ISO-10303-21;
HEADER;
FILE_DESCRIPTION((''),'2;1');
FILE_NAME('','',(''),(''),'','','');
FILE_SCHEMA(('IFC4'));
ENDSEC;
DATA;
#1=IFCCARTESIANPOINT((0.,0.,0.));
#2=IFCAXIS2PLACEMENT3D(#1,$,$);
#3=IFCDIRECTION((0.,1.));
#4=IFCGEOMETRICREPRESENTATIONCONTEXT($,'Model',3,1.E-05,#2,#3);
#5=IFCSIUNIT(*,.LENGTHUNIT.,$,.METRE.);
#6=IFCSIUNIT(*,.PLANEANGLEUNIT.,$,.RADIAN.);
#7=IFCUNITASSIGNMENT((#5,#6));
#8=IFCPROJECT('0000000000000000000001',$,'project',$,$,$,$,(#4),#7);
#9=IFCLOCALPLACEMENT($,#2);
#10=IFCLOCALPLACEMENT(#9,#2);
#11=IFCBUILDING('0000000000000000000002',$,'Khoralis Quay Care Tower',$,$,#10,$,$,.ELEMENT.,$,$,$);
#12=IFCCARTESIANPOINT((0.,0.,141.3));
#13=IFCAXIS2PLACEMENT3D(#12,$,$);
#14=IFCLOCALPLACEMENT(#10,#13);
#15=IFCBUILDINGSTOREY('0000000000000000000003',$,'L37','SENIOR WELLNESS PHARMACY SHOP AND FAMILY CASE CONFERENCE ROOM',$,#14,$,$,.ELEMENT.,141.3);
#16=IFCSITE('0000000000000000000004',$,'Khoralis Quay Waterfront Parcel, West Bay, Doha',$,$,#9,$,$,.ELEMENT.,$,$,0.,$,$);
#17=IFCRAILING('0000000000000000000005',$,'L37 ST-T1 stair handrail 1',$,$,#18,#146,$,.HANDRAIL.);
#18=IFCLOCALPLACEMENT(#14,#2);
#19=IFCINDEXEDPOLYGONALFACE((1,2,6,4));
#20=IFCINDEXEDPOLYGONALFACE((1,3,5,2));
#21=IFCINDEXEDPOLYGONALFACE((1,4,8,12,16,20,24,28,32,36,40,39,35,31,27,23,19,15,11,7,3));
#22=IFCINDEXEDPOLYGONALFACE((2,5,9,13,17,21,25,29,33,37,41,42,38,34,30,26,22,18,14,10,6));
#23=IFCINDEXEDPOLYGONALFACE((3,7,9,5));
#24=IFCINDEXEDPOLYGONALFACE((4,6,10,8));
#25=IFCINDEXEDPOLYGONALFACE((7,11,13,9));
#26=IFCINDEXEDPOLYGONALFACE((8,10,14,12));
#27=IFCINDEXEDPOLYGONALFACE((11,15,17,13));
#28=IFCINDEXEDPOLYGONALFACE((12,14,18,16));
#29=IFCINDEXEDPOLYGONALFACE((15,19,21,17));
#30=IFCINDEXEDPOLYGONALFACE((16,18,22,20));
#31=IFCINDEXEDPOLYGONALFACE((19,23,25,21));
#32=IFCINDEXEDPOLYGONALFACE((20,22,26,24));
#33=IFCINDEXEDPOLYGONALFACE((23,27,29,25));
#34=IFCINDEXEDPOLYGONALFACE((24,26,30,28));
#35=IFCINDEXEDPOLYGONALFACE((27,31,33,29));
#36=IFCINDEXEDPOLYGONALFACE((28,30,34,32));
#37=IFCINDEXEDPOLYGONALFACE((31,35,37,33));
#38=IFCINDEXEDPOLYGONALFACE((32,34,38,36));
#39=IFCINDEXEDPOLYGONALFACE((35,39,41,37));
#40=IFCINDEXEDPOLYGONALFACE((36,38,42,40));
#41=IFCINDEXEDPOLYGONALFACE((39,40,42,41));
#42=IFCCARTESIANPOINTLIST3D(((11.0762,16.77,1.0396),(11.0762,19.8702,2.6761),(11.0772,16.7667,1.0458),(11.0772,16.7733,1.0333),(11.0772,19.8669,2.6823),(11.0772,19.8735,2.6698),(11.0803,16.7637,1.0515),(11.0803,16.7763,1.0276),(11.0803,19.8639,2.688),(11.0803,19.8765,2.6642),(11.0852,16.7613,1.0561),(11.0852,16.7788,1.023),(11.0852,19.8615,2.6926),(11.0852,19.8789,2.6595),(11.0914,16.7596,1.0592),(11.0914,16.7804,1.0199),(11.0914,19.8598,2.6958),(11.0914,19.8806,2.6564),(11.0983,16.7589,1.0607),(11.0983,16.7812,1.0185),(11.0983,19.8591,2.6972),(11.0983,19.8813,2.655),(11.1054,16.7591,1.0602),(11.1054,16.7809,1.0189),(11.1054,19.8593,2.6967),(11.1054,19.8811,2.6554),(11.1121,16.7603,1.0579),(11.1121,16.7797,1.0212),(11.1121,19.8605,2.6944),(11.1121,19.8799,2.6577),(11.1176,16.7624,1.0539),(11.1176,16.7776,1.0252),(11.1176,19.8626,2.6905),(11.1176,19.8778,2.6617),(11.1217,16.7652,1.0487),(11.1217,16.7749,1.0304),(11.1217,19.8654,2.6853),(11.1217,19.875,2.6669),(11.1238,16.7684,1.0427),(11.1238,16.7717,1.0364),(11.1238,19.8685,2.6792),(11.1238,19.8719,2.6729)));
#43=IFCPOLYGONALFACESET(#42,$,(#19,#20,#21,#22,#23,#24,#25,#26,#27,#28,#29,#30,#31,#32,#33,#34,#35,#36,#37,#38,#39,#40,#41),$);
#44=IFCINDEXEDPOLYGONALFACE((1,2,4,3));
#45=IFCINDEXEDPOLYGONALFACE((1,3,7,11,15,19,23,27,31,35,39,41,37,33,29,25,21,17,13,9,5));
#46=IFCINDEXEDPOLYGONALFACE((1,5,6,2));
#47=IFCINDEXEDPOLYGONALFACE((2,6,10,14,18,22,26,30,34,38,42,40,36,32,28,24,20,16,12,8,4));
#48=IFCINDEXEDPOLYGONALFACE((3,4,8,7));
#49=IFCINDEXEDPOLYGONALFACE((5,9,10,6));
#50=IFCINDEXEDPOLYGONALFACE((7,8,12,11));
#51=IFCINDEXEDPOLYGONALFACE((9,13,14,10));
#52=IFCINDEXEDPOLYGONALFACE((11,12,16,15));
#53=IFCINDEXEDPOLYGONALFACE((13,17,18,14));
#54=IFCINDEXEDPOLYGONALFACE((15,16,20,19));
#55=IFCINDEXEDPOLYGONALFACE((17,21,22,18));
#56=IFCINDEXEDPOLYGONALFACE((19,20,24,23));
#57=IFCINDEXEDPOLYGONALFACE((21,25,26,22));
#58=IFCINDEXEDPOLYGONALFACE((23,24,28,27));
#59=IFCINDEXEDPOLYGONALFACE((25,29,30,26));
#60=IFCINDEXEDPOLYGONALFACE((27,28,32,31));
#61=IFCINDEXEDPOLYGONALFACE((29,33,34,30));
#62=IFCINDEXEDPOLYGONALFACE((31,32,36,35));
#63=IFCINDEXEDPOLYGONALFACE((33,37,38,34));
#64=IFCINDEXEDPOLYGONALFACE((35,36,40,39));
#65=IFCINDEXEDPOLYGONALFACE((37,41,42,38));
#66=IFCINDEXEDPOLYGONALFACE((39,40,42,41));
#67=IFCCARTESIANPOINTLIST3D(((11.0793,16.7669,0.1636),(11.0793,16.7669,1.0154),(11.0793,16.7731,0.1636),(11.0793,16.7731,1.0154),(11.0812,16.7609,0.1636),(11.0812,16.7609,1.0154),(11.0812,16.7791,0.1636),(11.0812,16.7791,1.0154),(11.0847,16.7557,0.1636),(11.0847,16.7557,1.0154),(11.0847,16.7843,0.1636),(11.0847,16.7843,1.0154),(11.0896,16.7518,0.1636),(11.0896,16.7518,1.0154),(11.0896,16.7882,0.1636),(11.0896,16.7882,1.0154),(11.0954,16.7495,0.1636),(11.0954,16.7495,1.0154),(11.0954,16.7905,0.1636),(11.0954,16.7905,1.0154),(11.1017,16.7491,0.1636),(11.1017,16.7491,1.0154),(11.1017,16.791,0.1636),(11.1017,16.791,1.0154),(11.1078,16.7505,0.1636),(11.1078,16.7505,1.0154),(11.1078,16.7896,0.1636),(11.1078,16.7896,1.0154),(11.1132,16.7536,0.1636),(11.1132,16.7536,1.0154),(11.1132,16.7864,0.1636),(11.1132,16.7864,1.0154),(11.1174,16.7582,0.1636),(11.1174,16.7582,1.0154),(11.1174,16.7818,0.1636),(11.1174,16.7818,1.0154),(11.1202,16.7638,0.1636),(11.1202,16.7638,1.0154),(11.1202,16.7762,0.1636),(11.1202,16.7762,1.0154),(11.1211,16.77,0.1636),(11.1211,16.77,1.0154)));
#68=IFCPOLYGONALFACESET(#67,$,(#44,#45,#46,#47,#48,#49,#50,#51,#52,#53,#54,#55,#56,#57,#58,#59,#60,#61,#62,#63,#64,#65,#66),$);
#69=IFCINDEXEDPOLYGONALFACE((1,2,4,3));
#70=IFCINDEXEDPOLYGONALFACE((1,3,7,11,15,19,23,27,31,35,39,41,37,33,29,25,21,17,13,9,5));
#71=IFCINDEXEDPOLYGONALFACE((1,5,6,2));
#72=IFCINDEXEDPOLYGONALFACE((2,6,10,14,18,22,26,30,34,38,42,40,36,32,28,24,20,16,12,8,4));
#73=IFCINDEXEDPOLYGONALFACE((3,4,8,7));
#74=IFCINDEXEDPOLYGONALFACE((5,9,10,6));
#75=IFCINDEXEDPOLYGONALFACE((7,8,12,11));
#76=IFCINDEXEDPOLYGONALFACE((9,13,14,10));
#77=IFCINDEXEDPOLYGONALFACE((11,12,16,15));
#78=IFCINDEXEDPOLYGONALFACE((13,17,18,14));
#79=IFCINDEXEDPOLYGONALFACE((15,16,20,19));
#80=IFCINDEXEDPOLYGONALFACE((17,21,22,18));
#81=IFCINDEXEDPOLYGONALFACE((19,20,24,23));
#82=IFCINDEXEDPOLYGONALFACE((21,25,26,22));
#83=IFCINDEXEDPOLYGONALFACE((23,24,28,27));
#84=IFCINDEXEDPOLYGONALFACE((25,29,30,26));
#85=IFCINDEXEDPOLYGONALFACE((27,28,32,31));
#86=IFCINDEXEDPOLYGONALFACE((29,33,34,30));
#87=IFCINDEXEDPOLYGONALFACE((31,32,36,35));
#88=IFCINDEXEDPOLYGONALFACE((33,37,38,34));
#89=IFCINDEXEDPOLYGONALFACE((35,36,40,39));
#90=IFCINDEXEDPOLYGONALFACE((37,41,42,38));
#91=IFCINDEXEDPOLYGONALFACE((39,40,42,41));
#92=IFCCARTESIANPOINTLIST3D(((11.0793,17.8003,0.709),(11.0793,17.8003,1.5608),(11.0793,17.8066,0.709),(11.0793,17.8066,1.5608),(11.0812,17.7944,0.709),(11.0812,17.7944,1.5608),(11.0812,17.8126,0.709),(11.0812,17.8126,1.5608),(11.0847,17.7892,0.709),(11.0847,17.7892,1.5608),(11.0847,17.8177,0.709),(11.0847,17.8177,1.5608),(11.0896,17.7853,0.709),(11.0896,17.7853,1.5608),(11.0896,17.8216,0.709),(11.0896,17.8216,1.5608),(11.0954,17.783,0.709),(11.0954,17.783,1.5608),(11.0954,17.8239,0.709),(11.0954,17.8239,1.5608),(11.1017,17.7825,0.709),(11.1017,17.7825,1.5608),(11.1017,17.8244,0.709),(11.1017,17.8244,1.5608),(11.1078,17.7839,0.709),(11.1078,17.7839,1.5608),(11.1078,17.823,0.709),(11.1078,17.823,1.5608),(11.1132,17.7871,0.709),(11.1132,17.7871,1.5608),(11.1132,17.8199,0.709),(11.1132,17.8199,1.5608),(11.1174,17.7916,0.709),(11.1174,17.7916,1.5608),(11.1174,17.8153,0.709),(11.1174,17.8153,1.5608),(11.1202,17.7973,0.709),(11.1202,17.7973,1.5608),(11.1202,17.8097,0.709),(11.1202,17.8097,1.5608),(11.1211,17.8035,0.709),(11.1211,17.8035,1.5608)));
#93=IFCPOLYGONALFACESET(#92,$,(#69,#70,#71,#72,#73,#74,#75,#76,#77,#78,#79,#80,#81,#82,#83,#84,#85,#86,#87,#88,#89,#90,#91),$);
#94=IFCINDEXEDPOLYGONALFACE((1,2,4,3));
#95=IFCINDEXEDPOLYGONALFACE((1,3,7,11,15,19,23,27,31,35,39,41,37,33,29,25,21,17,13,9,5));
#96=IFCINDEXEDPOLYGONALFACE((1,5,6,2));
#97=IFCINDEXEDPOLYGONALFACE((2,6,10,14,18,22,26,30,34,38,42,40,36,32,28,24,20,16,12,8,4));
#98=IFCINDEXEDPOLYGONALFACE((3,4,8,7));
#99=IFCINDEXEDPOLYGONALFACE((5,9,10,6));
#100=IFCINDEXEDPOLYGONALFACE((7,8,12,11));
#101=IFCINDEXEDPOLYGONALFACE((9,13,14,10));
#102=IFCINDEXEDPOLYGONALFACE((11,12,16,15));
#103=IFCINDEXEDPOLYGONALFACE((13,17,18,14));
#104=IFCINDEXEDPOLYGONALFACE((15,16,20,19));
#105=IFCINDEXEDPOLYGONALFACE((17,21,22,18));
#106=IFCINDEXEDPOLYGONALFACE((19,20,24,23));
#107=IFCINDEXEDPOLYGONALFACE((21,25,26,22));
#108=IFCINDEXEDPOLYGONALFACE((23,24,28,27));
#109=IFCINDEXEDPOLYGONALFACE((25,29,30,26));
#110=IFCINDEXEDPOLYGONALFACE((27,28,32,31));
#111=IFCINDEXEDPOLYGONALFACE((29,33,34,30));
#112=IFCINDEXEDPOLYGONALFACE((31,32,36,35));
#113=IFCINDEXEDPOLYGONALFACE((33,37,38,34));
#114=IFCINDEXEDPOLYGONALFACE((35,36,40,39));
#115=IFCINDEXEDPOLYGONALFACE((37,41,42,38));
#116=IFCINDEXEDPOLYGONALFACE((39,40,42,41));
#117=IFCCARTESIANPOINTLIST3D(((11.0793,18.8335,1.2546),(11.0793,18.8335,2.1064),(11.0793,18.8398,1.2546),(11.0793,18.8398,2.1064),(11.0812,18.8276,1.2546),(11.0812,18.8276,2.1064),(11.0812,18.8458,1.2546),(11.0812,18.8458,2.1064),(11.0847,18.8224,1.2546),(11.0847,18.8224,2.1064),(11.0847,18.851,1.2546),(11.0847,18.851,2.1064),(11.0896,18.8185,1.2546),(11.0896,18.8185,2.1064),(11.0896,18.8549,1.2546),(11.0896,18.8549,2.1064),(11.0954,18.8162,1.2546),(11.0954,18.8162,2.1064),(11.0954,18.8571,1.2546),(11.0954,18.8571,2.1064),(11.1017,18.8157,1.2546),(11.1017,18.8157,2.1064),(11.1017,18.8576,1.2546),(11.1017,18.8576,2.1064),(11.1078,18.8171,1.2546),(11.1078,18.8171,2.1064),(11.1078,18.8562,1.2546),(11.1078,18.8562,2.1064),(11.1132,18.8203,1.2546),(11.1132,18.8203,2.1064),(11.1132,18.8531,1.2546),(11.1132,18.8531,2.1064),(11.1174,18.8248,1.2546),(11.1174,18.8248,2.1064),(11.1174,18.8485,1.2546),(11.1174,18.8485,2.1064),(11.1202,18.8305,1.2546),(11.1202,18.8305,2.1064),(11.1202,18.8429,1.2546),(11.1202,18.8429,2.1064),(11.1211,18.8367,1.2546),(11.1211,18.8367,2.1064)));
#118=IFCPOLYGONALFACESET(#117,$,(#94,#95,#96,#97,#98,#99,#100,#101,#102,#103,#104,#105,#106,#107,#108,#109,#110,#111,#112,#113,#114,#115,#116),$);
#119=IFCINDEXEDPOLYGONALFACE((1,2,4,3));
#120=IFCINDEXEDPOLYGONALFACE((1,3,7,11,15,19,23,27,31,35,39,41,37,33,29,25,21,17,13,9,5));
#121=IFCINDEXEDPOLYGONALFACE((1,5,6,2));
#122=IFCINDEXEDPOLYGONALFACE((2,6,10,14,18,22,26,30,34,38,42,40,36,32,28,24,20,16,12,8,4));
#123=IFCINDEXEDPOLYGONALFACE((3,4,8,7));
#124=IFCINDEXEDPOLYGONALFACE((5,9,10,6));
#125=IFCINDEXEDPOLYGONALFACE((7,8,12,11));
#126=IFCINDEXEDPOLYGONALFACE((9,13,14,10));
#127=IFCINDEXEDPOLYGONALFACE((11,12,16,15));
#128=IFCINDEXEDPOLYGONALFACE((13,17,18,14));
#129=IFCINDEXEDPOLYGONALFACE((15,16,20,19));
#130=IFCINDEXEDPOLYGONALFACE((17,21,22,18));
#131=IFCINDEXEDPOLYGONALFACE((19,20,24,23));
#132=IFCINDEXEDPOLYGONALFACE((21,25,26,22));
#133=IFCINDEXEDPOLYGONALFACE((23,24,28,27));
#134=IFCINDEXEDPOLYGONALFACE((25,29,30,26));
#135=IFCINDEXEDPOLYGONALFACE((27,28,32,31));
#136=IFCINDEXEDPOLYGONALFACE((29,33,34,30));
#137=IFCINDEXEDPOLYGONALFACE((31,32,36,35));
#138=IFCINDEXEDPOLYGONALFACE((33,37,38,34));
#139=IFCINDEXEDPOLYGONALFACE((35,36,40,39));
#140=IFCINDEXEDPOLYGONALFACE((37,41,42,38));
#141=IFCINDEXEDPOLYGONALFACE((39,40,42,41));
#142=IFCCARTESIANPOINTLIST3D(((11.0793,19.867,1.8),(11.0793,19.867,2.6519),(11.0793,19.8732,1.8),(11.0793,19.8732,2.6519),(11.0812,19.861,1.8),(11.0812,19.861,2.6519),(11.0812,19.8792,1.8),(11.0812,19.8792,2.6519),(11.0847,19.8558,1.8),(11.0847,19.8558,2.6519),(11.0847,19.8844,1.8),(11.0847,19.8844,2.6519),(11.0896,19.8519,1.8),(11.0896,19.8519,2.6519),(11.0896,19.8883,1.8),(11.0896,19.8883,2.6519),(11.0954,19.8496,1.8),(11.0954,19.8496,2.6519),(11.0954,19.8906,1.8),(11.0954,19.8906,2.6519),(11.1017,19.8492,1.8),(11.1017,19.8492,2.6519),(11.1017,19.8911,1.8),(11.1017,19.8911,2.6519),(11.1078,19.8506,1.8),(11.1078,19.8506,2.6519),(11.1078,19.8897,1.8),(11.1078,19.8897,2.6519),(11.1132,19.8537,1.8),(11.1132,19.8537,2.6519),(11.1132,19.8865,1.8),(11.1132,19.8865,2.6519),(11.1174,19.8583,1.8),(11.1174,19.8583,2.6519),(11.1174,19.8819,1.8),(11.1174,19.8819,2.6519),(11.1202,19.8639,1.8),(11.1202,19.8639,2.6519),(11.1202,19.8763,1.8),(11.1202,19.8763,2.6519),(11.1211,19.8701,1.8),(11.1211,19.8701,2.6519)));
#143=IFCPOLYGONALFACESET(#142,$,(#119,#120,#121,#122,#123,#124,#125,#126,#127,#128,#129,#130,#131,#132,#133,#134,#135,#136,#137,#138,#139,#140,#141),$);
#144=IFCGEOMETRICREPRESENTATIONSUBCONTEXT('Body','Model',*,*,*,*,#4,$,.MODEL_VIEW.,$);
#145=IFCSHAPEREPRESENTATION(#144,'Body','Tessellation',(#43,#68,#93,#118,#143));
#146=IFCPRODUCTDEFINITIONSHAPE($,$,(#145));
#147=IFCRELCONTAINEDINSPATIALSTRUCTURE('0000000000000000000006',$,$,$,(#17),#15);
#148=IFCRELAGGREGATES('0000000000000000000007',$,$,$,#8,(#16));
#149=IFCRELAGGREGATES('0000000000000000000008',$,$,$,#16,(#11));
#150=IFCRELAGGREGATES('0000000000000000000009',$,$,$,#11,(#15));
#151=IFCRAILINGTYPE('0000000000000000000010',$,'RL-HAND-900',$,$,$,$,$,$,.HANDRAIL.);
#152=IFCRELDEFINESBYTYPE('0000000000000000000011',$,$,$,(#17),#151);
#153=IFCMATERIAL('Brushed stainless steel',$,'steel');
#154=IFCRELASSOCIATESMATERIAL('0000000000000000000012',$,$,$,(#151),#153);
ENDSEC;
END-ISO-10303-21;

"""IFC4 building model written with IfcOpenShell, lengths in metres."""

from ifc_helpers import new_model, si_unit, direction, frame, origin, origin_2d, place, context, subcontext, project, spatial, circle, extrude, material, type_object, element, save


model = new_model("IFC4")

# Units and contexts
model_context = context("Model", 3, precision=1e-05, world=origin(), true_north=direction((0.0, 1.0)))
body_context = subcontext(model_context, "Body", "Model", "MODEL_VIEW")
ifc_project = project(units=[si_unit("LENGTHUNIT", "METRE"), si_unit("PLANEANGLEUNIT", "RADIAN")], contexts=[model_context])

# Site, building, storey
site_placement = place(None, origin())
site = spatial("IfcSite", under=ifc_project, at=site_placement, Name="Khoralis Quay Waterfront Parcel, West Bay, Doha", CompositionType="ELEMENT", RefElevation=0.0)
building_placement = place(site_placement, origin())
building = spatial("IfcBuilding", under=site, at=building_placement, Name="Khoralis Quay Care Tower", CompositionType="ELEMENT")
storey_placement = place(building_placement, frame((0.0, 0.0, 141.3)))
storey = spatial("IfcBuildingStorey", under=building, at=storey_placement, Name="L37", Description="SENIOR WELLNESS PHARMACY SHOP AND FAMILY CASE CONFERENCE ROOM", CompositionType="ELEMENT", Elevation=141.3)

# Railing
ifc_material_1 = material(Name="Brushed stainless steel", Category="steel")
railing_type_1 = type_object("IfcRailingType", Name="RL-HAND-900", PredefinedType="HANDRAIL", material=ifc_material_1)
railing_1_placement = place(storey_placement, frame((11.1001, 16.77, 0.1636)))
element("IfcRailing", 1, at=railing_1_placement, inside=storey, type_object=railing_type_1, Name="L37 ST-T1 stair handrail 1", PredefinedType="HANDRAIL", context=body_context, shape_type="SweptSolid", body=[
    extrude(circle(Radius=0.0239, at=origin_2d()), frame((0.0, 0.0, 0.876), z_axis=(0.0, 0.884348, 0.466828), x_axis=(-1.0, 0.0, 0.0)), (0.0, 0.0, 1.0), 3.5056),
    extrude(circle(Radius=0.021, at=origin_2d()), origin(), (0.0, 0.0, 1.0), 0.8518),
    extrude(circle(Radius=0.021, at=origin_2d()), frame((0.0, 1.0334, 0.5454)), (0.0, 0.0, 1.0), 0.8518),
    extrude(circle(Radius=0.021, at=origin_2d()), frame((0.0, 2.0667, 1.0911)), (0.0, 0.0, 1.0), 0.8518),
    extrude(circle(Radius=0.021, at=origin_2d()), frame((0.0, 3.1001, 1.6365)), (0.0, 0.0, 1.0), 0.8518),
])

save(model, "model.ifc")
